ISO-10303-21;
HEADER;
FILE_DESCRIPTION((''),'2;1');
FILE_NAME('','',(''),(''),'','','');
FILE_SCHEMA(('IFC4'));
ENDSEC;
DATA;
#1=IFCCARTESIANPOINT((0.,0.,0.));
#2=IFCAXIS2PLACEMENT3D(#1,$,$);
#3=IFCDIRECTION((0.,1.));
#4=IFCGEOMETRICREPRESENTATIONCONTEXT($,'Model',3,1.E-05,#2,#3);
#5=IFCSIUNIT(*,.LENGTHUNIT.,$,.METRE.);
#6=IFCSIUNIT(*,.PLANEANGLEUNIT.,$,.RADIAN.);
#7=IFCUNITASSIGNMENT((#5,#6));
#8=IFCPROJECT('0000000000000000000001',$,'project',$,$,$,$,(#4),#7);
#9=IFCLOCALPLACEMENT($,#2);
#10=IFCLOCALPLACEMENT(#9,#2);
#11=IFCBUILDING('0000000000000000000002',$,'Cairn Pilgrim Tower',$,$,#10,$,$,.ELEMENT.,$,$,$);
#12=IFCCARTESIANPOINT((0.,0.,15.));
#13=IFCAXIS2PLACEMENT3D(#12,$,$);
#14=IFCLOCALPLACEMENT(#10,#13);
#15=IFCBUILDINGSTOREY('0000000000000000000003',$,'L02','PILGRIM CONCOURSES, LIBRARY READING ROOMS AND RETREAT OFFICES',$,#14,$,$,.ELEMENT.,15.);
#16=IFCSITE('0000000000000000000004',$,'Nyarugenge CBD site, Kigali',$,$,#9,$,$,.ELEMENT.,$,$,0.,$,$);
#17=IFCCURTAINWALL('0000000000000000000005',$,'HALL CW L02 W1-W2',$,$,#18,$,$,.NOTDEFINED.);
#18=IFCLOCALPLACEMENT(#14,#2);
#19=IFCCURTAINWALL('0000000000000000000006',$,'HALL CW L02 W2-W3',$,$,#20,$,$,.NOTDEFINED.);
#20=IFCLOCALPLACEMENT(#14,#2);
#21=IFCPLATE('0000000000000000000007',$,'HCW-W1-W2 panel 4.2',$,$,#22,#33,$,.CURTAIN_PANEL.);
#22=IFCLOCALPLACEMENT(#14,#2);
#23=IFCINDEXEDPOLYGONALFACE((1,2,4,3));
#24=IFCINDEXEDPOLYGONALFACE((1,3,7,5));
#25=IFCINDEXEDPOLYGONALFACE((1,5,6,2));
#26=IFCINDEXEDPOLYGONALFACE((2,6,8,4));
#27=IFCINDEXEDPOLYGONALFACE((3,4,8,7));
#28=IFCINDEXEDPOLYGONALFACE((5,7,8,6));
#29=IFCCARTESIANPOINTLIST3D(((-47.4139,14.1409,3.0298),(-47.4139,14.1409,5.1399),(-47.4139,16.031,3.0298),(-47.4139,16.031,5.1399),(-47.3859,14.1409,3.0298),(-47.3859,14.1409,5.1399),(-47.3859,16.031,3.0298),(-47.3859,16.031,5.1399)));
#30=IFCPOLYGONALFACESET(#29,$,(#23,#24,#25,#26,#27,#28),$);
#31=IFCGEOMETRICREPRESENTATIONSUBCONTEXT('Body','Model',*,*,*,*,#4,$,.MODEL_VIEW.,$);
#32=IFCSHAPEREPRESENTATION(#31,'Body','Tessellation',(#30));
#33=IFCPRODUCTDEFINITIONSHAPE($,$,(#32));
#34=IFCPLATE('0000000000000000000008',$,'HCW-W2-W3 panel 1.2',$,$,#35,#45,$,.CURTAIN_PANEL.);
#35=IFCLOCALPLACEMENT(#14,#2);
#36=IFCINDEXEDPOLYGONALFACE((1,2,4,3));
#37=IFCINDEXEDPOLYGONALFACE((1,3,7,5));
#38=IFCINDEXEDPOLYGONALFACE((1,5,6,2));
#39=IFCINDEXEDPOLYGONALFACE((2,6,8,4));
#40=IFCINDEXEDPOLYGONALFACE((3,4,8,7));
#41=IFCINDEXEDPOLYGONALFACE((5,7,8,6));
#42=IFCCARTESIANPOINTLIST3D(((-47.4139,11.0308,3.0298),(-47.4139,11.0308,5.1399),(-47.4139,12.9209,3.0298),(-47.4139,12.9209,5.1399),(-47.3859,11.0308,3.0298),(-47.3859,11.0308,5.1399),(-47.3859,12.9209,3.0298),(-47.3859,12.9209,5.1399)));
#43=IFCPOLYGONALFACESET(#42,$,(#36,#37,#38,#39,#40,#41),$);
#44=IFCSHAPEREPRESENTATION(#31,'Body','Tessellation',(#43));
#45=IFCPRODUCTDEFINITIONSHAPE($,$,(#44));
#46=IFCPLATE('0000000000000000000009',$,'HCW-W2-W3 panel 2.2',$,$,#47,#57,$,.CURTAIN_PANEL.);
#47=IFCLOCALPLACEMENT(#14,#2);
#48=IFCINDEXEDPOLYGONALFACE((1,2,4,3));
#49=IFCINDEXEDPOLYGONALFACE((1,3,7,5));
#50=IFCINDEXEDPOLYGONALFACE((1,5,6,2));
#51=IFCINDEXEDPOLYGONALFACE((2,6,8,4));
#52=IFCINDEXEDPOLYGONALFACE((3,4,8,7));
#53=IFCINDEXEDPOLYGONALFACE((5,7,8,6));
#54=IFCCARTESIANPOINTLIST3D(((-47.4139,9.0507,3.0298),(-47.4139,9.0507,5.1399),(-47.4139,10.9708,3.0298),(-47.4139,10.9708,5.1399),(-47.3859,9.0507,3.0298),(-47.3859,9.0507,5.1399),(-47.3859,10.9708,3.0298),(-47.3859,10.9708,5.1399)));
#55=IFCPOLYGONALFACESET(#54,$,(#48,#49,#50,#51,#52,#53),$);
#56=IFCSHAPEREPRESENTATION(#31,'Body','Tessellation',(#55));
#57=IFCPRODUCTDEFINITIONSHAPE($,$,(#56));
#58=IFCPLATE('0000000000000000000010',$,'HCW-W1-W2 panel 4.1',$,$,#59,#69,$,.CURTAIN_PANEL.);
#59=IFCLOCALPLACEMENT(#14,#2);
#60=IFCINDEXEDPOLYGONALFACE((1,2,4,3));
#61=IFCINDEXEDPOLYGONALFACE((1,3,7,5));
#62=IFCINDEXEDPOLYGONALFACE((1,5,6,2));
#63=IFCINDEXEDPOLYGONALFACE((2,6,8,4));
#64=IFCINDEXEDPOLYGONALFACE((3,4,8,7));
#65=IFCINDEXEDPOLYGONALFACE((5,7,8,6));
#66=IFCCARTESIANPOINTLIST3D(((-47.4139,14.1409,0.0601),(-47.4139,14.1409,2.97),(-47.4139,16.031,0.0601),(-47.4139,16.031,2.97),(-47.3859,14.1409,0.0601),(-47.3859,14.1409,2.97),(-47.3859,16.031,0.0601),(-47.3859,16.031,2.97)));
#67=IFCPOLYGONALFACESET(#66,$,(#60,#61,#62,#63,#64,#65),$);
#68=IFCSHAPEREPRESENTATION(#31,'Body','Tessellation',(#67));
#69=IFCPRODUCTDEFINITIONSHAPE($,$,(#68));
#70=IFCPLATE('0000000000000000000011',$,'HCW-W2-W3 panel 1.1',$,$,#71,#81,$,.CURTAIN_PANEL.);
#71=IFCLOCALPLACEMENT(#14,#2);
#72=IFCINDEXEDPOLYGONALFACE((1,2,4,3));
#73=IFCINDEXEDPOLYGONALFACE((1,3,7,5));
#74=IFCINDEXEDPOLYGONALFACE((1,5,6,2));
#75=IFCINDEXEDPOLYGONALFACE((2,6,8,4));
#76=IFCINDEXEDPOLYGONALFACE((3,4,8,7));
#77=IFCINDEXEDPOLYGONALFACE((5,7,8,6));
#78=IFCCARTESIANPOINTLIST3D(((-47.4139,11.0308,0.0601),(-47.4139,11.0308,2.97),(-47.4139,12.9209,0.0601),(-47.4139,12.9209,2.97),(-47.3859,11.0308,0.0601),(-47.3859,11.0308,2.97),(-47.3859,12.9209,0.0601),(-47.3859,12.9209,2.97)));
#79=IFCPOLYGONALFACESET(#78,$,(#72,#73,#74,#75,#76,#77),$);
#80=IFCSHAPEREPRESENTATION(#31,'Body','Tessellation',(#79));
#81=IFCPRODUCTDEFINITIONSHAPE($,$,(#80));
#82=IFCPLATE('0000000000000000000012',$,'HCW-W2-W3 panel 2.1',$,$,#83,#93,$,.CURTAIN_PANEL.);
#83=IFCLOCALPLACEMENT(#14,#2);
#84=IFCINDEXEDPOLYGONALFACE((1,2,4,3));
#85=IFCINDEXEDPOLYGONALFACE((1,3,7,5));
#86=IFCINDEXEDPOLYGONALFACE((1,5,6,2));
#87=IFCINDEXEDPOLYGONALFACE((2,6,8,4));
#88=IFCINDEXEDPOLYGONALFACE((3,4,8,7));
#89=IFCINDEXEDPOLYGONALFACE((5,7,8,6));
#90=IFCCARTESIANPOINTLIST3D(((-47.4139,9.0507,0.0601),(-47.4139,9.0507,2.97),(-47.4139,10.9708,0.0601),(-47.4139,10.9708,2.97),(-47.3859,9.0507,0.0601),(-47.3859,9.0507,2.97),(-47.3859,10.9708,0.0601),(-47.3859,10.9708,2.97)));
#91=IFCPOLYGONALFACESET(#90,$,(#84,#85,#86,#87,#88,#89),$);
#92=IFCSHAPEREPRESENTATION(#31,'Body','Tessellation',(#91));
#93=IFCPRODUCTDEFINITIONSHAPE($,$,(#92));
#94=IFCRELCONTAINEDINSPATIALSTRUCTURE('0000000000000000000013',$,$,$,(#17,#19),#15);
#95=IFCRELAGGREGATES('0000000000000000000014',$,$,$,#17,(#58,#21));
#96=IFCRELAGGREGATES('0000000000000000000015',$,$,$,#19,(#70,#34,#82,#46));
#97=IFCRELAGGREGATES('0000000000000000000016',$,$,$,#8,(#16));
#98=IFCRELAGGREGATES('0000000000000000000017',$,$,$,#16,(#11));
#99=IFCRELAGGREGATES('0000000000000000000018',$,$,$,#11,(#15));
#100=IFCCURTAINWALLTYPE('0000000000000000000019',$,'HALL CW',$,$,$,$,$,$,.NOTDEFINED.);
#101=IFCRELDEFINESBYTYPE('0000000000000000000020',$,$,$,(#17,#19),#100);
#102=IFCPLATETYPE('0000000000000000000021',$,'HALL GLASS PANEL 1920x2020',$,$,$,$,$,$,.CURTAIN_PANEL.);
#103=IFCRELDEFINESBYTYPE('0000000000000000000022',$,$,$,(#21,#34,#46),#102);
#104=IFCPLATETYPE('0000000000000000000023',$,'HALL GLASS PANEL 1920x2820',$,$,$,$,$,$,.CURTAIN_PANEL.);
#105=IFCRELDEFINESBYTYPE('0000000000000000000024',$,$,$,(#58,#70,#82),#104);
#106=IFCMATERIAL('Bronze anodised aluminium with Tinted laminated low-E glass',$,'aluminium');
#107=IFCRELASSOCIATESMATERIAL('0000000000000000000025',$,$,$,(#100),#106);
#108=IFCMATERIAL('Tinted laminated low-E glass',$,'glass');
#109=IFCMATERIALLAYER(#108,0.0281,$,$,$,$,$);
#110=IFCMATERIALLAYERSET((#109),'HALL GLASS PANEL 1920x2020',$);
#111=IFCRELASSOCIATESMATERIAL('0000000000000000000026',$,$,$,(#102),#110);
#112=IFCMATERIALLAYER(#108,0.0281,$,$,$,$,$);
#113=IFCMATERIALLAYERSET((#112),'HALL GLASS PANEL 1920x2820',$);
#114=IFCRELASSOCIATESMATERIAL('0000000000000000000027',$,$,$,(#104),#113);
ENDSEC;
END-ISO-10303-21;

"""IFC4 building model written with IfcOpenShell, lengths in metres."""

from ifc_helpers import new_model, si_unit, direction, frame, origin, origin_2d, place, context, subcontext, project, spatial, rectangle, extrude, material, layer, layer_set, type_object, element, aggregate, save


model = new_model("IFC4")

# Units and contexts
model_context = context("Model", 3, precision=1e-05, world=origin(), true_north=direction((0.0, 1.0)))
body_context = subcontext(model_context, "Body", "Model", "MODEL_VIEW")
ifc_project = project(units=[si_unit("LENGTHUNIT", "METRE"), si_unit("PLANEANGLEUNIT", "RADIAN")], contexts=[model_context])

# Site, building, storey
site_placement = place(None, origin())
site = spatial("IfcSite", under=ifc_project, at=site_placement, Name="Nyarugenge CBD site, Kigali", CompositionType="ELEMENT", RefElevation=0.0)
building_placement = place(site_placement, origin())
building = spatial("IfcBuilding", under=site, at=building_placement, Name="Cairn Pilgrim Tower", CompositionType="ELEMENT")
storey_placement = place(building_placement, frame((0.0, 0.0, 15.0)))
storey = spatial("IfcBuildingStorey", under=building, at=storey_placement, Name="L02", Description="PILGRIM CONCOURSES, LIBRARY READING ROOMS AND RETREAT OFFICES", CompositionType="ELEMENT", Elevation=15.0)

# Curtain wall
ifc_material_1 = material(Name="Bronze anodised aluminium with Tinted laminated low-E glass", Category="aluminium")
curtain_wall_type = type_object("IfcCurtainWallType", Name="HALL CW", PredefinedType="NOTDEFINED", material=ifc_material_1)
curtain_wall_1_placement = place(storey_placement, origin())
curtain_wall_1 = element("IfcCurtainWall", 1, at=curtain_wall_1_placement, inside=storey, type_object=curtain_wall_type, Name="HALL CW L02 W1-W2", PredefinedType="NOTDEFINED")

# Curtain wall
curtain_wall_2_placement = place(storey_placement, origin())
curtain_wall_2 = element("IfcCurtainWall", 2, at=curtain_wall_2_placement, inside=storey, type_object=curtain_wall_type, Name="HALL CW L02 W2-W3", PredefinedType="NOTDEFINED")

# Plates
ifc_material_2 = material(Name="Tinted laminated low-E glass", Category="glass")
ifc_layer_1 = layer(ifc_material_2, 0.0281)
ifc_layer_set_1 = layer_set([ifc_layer_1], Name="HALL GLASS PANEL 1920x2020")
plate_type_1 = type_object("IfcPlateType", Name="HALL GLASS PANEL 1920x2020", PredefinedType="CURTAIN_PANEL", material=ifc_layer_set_1)
plate_1_placement = place(storey_placement, frame((-47.3999, 15.0859, 3.0298), z_axis=(0.0, 0.0, 1.0), x_axis=(0.0, -1.0, 0.0)))
plate_1 = element("IfcPlate", 3, at=plate_1_placement, type_object=plate_type_1, Name="HCW-W1-W2 panel 4.2", PredefinedType="CURTAIN_PANEL", context=body_context, shape_type="SweptSolid", body=[
    extrude(rectangle(XDim=1.8901, YDim=0.0281, at=origin_2d()), origin(), (0.0, 0.0, 1.0), 2.1101),
])
plate_2_placement = place(storey_placement, frame((-47.3999, 11.9758, 3.0298), z_axis=(0.0, 0.0, 1.0), x_axis=(0.0, -1.0, 0.0)))
plate_2 = element("IfcPlate", 4, at=plate_2_placement, type_object=plate_type_1, Name="HCW-W2-W3 panel 1.2", PredefinedType="CURTAIN_PANEL", context=body_context, shape_type="SweptSolid", body=[
    extrude(rectangle(XDim=1.8901, YDim=0.0281, at=origin_2d()), origin(), (0.0, 0.0, 1.0), 2.1101),
])
plate_3_placement = place(storey_placement, frame((-47.3999, 10.0107, 3.0298), z_axis=(0.0, 0.0, 1.0), x_axis=(0.0, -1.0, 0.0)))
plate_3 = element("IfcPlate", 5, at=plate_3_placement, type_object=plate_type_1, Name="HCW-W2-W3 panel 2.2", PredefinedType="CURTAIN_PANEL", context=body_context, shape_type="SweptSolid", body=[
    extrude(rectangle(XDim=1.9202, YDim=0.0281, at=origin_2d()), origin(), (0.0, 0.0, 1.0), 2.1101),
])
ifc_layer_2 = layer(ifc_material_2, 0.0281)
ifc_layer_set_2 = layer_set([ifc_layer_2], Name="HALL GLASS PANEL 1920x2820")
plate_type_2 = type_object("IfcPlateType", Name="HALL GLASS PANEL 1920x2820", PredefinedType="CURTAIN_PANEL", material=ifc_layer_set_2)
plate_4_placement = place(storey_placement, frame((-47.3999, 15.0859, 0.0601), z_axis=(0.0, 0.0, 1.0), x_axis=(0.0, -1.0, 0.0)))
plate_4 = element("IfcPlate", 6, at=plate_4_placement, type_object=plate_type_2, Name="HCW-W1-W2 panel 4.1", PredefinedType="CURTAIN_PANEL", context=body_context, shape_type="SweptSolid", body=[
    extrude(rectangle(XDim=1.8901, YDim=0.0281, at=origin_2d()), origin(), (0.0, 0.0, 1.0), 2.9099),
])
aggregate(curtain_wall_1, [plate_4, plate_1])
plate_5_placement = place(storey_placement, frame((-47.3999, 11.9758, 0.0601), z_axis=(0.0, 0.0, 1.0), x_axis=(0.0, -1.0, 0.0)))
plate_5 = element("IfcPlate", 7, at=plate_5_placement, type_object=plate_type_2, Name="HCW-W2-W3 panel 1.1", PredefinedType="CURTAIN_PANEL", context=body_context, shape_type="SweptSolid", body=[
    extrude(rectangle(XDim=1.8901, YDim=0.0281, at=origin_2d()), origin(), (0.0, 0.0, 1.0), 2.9099),
])
plate_6_placement = place(storey_placement, frame((-47.3999, 10.0107, 0.0601), z_axis=(0.0, 0.0, 1.0), x_axis=(0.0, -1.0, 0.0)))
plate_6 = element("IfcPlate", 8, at=plate_6_placement, type_object=plate_type_2, Name="HCW-W2-W3 panel 2.1", PredefinedType="CURTAIN_PANEL", context=body_context, shape_type="SweptSolid", body=[
    extrude(rectangle(XDim=1.9202, YDim=0.0281, at=origin_2d()), origin(), (0.0, 0.0, 1.0), 2.9099),
])
aggregate(curtain_wall_2, [plate_5, plate_2, plate_6, plate_3])

save(model, "model.ifc")
